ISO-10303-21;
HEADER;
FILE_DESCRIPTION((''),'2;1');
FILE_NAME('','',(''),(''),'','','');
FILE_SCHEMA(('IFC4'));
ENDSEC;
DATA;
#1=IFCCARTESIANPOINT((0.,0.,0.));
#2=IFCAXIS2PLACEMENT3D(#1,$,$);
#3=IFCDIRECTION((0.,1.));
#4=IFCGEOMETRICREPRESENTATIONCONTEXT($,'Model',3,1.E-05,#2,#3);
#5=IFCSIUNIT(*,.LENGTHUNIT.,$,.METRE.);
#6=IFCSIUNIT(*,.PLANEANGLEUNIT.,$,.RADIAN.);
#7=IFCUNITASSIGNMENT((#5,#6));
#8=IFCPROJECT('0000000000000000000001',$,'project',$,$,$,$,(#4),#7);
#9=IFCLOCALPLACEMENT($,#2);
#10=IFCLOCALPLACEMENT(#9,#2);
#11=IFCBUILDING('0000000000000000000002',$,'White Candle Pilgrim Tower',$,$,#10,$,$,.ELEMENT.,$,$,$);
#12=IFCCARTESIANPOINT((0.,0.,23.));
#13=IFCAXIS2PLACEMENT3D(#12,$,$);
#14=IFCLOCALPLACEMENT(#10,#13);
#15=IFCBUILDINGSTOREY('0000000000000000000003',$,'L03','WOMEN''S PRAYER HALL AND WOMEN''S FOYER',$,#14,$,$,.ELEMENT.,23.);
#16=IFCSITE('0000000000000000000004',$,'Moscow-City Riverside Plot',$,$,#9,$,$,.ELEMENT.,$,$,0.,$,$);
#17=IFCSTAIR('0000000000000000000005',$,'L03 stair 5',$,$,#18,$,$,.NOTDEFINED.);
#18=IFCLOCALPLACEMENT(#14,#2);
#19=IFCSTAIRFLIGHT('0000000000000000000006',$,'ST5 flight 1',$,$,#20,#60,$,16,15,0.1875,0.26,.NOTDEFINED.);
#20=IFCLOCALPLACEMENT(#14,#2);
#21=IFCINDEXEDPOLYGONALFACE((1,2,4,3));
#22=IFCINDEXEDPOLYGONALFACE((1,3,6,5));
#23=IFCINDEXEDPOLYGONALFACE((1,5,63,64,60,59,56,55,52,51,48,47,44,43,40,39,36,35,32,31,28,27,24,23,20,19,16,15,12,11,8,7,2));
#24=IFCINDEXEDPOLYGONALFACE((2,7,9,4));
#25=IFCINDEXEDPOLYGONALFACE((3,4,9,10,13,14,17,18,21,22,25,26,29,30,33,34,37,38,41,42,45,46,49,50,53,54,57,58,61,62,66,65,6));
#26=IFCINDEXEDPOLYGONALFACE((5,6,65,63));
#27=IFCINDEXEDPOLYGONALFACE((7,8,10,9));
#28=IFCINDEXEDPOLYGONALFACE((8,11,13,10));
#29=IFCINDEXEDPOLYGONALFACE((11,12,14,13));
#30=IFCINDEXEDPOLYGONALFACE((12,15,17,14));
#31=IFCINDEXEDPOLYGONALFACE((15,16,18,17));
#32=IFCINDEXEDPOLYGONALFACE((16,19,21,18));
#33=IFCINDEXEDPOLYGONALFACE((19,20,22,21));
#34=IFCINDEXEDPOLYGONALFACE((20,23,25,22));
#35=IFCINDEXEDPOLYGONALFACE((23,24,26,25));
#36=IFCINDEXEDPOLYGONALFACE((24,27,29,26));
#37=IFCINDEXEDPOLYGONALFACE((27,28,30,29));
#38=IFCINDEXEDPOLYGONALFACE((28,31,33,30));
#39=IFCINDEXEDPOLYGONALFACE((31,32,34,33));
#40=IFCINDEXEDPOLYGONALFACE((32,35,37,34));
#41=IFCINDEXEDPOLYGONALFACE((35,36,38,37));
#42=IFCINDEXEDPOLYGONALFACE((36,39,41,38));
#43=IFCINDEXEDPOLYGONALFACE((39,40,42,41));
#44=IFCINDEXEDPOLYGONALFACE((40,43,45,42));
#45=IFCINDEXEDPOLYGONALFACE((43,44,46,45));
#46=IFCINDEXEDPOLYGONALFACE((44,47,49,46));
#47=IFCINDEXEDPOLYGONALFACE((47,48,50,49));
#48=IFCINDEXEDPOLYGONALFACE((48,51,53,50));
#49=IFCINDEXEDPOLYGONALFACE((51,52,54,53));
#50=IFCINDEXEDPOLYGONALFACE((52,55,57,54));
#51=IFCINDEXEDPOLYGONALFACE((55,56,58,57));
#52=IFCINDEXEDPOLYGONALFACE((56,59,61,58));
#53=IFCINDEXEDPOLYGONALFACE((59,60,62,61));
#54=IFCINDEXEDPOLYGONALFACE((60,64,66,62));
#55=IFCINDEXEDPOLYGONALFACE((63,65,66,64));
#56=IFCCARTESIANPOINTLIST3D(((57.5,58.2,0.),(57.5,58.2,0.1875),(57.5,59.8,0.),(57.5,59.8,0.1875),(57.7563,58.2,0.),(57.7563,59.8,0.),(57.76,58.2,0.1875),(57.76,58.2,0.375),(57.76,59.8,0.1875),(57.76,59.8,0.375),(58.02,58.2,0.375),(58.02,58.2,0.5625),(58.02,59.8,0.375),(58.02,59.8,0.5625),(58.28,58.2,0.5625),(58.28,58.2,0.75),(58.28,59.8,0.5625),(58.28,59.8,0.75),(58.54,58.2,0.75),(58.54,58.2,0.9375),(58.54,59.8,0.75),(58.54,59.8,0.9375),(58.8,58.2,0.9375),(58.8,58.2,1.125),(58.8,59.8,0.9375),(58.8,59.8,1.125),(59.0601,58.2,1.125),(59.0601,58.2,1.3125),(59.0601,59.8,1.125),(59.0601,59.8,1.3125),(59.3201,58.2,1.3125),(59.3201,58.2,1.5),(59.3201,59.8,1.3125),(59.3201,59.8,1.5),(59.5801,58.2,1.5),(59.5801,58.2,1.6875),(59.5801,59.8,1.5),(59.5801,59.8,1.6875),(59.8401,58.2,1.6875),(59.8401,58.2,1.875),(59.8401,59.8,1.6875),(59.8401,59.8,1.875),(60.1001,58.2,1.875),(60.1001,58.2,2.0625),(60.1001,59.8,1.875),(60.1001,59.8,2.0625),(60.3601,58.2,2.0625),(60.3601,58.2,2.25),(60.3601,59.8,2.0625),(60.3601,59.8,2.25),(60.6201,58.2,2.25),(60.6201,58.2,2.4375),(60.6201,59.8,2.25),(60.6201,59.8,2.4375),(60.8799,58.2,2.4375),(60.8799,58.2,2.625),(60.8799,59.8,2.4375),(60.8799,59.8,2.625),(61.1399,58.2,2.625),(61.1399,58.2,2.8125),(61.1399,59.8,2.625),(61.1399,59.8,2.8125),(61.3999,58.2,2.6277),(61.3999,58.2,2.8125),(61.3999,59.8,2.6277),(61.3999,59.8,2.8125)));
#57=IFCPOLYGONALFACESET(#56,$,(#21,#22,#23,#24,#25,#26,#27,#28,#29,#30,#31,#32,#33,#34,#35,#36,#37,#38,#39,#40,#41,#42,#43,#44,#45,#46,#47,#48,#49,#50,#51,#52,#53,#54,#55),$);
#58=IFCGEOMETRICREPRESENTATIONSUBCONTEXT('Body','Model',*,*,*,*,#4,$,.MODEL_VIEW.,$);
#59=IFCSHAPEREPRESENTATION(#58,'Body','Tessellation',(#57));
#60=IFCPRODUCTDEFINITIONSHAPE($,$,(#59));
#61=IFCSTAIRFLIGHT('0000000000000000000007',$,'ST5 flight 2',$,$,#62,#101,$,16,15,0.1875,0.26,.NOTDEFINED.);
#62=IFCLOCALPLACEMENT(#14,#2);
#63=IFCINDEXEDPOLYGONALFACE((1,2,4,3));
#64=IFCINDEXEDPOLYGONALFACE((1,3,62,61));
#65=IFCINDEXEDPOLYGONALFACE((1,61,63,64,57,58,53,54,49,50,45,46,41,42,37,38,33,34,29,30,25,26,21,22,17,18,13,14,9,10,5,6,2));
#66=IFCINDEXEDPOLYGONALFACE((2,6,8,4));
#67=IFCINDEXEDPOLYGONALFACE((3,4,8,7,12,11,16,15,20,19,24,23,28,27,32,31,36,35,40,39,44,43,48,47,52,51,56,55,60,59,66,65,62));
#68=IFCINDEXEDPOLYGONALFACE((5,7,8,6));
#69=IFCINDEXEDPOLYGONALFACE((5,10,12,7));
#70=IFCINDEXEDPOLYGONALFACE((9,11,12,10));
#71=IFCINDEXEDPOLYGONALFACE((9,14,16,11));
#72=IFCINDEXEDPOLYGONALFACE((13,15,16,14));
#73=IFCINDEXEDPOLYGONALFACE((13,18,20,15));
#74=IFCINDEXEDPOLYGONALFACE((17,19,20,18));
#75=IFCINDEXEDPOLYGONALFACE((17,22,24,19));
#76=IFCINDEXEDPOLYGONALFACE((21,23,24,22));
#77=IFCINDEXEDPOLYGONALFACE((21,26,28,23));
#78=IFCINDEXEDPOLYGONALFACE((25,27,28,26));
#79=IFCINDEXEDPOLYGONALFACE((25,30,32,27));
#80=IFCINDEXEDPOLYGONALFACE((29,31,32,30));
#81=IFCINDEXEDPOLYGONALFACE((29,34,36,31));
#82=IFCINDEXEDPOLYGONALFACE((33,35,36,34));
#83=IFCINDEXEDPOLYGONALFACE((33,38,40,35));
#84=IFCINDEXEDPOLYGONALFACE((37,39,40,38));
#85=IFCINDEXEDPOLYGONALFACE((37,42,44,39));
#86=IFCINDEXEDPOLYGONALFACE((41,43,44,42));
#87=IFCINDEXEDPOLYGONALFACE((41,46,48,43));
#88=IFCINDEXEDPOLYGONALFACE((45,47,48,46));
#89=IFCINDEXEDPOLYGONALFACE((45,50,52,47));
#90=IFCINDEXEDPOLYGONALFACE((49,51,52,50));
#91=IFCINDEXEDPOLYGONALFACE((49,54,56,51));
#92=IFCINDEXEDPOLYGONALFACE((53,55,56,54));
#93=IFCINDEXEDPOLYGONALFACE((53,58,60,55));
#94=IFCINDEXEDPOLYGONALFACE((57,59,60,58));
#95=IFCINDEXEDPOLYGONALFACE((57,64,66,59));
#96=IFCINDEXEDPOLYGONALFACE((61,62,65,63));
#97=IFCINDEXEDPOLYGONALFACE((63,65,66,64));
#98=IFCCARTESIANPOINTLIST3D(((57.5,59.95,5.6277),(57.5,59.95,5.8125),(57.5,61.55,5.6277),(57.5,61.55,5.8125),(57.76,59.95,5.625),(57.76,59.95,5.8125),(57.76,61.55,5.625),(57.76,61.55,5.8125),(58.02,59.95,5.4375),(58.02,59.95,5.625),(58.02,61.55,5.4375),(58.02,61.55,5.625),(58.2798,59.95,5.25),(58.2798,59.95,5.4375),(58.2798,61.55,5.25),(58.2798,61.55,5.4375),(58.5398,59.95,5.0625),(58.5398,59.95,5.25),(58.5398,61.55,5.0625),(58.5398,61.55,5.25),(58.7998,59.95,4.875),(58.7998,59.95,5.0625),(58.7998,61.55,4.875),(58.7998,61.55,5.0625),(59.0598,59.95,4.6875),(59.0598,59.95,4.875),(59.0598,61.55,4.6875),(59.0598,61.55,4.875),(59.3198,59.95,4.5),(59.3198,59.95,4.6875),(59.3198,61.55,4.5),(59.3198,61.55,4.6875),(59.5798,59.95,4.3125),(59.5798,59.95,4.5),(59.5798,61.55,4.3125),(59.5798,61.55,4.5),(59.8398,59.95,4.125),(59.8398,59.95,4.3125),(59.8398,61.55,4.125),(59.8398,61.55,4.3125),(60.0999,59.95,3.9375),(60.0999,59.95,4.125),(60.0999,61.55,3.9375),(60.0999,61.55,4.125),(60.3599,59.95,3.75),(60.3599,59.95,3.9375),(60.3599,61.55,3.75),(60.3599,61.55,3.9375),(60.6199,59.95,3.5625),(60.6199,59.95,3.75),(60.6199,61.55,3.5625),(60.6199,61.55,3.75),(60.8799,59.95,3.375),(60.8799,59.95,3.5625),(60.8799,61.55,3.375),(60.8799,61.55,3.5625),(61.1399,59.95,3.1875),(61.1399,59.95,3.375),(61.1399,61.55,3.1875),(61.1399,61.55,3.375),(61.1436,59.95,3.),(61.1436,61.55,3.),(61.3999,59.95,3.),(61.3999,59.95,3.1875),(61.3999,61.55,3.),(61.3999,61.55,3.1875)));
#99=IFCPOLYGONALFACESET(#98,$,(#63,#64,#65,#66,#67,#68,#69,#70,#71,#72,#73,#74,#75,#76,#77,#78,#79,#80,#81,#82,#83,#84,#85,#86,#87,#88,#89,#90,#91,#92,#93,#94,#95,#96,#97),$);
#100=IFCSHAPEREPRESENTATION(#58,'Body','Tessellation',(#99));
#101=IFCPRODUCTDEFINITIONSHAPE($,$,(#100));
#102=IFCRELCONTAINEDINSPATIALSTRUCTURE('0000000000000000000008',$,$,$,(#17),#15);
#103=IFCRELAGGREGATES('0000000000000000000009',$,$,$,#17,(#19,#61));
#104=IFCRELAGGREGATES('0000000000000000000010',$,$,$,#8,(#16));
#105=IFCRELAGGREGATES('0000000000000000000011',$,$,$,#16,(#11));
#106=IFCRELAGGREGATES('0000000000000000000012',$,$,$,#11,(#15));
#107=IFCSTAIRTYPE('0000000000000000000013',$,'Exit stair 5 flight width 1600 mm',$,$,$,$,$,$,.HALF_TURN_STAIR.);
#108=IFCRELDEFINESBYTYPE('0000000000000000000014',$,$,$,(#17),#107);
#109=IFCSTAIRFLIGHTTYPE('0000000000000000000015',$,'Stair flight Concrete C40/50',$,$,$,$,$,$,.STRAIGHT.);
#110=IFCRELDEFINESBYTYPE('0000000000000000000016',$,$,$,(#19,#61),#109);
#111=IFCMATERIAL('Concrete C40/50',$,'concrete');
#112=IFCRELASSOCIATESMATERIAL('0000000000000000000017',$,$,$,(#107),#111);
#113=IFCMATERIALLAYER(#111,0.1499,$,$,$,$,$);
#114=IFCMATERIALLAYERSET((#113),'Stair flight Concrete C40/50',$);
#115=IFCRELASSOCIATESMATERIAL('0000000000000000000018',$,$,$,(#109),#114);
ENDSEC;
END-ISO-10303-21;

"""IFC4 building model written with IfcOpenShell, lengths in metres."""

from ifc_helpers import new_model, si_unit, direction, frame, origin, place, context, subcontext, project, spatial, polyline, outline, extrude, material, layer, layer_set, type_object, element, aggregate, save


model = new_model("IFC4")

# Units and contexts
model_context = context("Model", 3, precision=1e-05, world=origin(), true_north=direction((0.0, 1.0)))
body_context = subcontext(model_context, "Body", "Model", "MODEL_VIEW")
ifc_project = project(units=[si_unit("LENGTHUNIT", "METRE"), si_unit("PLANEANGLEUNIT", "RADIAN")], contexts=[model_context])

# Site, building, storey
site_placement = place(None, origin())
site = spatial("IfcSite", under=ifc_project, at=site_placement, Name="Moscow-City Riverside Plot", CompositionType="ELEMENT", RefElevation=0.0)
building_placement = place(site_placement, origin())
building = spatial("IfcBuilding", under=site, at=building_placement, Name="White Candle Pilgrim Tower", CompositionType="ELEMENT")
storey_placement = place(building_placement, frame((0.0, 0.0, 23.0)))
storey = spatial("IfcBuildingStorey", under=building, at=storey_placement, Name="L03", Description="WOMEN'S PRAYER HALL AND WOMEN'S FOYER", CompositionType="ELEMENT", Elevation=23.0)

# Stair, stair flights
ifc_material_1 = material(Name="Concrete C40/50", Category="concrete")
stair_type = type_object("IfcStairType", Name="Exit stair 5 flight width 1600 mm", PredefinedType="HALF_TURN_STAIR", material=ifc_material_1)
stair_placement = place(storey_placement, origin())
stair = element("IfcStair", 1, at=stair_placement, inside=storey, type_object=stair_type, Name="L03 stair 5", PredefinedType="NOTDEFINED")
ifc_layer_1 = layer(ifc_material_1, 0.1499)
ifc_layer_set_1 = layer_set([ifc_layer_1], Name="Stair flight Concrete C40/50")
stair_flight_type = type_object("IfcStairFlightType", Name="Stair flight Concrete C40/50", PredefinedType="STRAIGHT", material=ifc_layer_set_1)
stair_flight_1_placement = place(storey_placement, frame((57.5, 59.0, 0.0), z_axis=(0.0, 0.0, 1.0), x_axis=(1.0, 0.0, 0.0)))
stair_flight_1 = element("IfcStairFlight", 2, at=stair_flight_1_placement, type_object=stair_flight_type, Name="ST5 flight 1", NumberOfRisers=16, NumberOfTreads=15, PredefinedType="NOTDEFINED", RiserHeight=0.1875, TreadLength=0.26, context=body_context, shape_type="SweptSolid", body=[
    extrude(outline(polyline([(0.0, 0.0), (0.0, 0.1875), (0.26, 0.1875), (0.26, 0.375), (0.52, 0.375), (0.52, 0.5625), (0.78, 0.5625), (0.78, 0.75), (1.04, 0.75), (1.04, 0.9375), (1.3, 0.9375), (1.3, 1.125), (1.5601, 1.125), (1.5601, 1.3125), (1.8201, 1.3125), (1.8201, 1.5), (2.0801, 1.5), (2.0801, 1.6875), (2.3401, 1.6875), (2.3401, 1.875), (2.6001, 1.875), (2.6001, 2.0625), (2.8601, 2.0625), (2.8601, 2.25), (3.1201, 2.25), (3.1201, 2.4375), (3.3799, 2.4375), (3.3799, 2.625), (3.6399, 2.625), (3.6399, 2.8125), (3.8999, 2.8125), (3.8999, 3.0), (3.8999, 2.6277), (0.2563, 0.0), (0.0, 0.0)])), frame((0.0, 0.8, 0.0), z_axis=(0.0, -1.0, 0.0), x_axis=(1.0, 0.0, 0.0)), (0.0, 0.0, 1.0), 1.6001),
])
stair_flight_2_placement = place(storey_placement, frame((61.3999, 60.75, 3.0), z_axis=(0.0, 0.0, 1.0), x_axis=(-1.0, 0.0, 0.0)))
stair_flight_2 = element("IfcStairFlight", 3, at=stair_flight_2_placement, type_object=stair_flight_type, Name="ST5 flight 2", NumberOfRisers=16, NumberOfTreads=15, PredefinedType="NOTDEFINED", RiserHeight=0.1875, TreadLength=0.26, context=body_context, shape_type="SweptSolid", body=[
    extrude(outline(polyline([(0.0, 0.0), (0.0, 0.1875), (0.26, 0.1875), (0.26, 0.375), (0.52, 0.375), (0.52, 0.5625), (0.78, 0.5625), (0.78, 0.75), (1.04, 0.75), (1.04, 0.9375), (1.3, 0.9375), (1.3, 1.125), (1.5601, 1.125), (1.5601, 1.3125), (1.8201, 1.3125), (1.8201, 1.5), (2.0801, 1.5), (2.0801, 1.6875), (2.3401, 1.6875), (2.3401, 1.875), (2.6001, 1.875), (2.6001, 2.0625), (2.8601, 2.0625), (2.8601, 2.25), (3.1201, 2.25), (3.1201, 2.4375), (3.3799, 2.4375), (3.3799, 2.625), (3.6399, 2.625), (3.6399, 2.8125), (3.8999, 2.8125), (3.8999, 3.0), (3.8999, 2.6277), (0.2563, 0.0), (0.0, 0.0)])), frame((0.0, 0.8, 0.0), z_axis=(0.0, -1.0, 0.0), x_axis=(1.0, 0.0, 0.0)), (0.0, 0.0, 1.0), 1.6001),
])
aggregate(stair, [stair_flight_1, stair_flight_2])

save(model, "model.ifc")
